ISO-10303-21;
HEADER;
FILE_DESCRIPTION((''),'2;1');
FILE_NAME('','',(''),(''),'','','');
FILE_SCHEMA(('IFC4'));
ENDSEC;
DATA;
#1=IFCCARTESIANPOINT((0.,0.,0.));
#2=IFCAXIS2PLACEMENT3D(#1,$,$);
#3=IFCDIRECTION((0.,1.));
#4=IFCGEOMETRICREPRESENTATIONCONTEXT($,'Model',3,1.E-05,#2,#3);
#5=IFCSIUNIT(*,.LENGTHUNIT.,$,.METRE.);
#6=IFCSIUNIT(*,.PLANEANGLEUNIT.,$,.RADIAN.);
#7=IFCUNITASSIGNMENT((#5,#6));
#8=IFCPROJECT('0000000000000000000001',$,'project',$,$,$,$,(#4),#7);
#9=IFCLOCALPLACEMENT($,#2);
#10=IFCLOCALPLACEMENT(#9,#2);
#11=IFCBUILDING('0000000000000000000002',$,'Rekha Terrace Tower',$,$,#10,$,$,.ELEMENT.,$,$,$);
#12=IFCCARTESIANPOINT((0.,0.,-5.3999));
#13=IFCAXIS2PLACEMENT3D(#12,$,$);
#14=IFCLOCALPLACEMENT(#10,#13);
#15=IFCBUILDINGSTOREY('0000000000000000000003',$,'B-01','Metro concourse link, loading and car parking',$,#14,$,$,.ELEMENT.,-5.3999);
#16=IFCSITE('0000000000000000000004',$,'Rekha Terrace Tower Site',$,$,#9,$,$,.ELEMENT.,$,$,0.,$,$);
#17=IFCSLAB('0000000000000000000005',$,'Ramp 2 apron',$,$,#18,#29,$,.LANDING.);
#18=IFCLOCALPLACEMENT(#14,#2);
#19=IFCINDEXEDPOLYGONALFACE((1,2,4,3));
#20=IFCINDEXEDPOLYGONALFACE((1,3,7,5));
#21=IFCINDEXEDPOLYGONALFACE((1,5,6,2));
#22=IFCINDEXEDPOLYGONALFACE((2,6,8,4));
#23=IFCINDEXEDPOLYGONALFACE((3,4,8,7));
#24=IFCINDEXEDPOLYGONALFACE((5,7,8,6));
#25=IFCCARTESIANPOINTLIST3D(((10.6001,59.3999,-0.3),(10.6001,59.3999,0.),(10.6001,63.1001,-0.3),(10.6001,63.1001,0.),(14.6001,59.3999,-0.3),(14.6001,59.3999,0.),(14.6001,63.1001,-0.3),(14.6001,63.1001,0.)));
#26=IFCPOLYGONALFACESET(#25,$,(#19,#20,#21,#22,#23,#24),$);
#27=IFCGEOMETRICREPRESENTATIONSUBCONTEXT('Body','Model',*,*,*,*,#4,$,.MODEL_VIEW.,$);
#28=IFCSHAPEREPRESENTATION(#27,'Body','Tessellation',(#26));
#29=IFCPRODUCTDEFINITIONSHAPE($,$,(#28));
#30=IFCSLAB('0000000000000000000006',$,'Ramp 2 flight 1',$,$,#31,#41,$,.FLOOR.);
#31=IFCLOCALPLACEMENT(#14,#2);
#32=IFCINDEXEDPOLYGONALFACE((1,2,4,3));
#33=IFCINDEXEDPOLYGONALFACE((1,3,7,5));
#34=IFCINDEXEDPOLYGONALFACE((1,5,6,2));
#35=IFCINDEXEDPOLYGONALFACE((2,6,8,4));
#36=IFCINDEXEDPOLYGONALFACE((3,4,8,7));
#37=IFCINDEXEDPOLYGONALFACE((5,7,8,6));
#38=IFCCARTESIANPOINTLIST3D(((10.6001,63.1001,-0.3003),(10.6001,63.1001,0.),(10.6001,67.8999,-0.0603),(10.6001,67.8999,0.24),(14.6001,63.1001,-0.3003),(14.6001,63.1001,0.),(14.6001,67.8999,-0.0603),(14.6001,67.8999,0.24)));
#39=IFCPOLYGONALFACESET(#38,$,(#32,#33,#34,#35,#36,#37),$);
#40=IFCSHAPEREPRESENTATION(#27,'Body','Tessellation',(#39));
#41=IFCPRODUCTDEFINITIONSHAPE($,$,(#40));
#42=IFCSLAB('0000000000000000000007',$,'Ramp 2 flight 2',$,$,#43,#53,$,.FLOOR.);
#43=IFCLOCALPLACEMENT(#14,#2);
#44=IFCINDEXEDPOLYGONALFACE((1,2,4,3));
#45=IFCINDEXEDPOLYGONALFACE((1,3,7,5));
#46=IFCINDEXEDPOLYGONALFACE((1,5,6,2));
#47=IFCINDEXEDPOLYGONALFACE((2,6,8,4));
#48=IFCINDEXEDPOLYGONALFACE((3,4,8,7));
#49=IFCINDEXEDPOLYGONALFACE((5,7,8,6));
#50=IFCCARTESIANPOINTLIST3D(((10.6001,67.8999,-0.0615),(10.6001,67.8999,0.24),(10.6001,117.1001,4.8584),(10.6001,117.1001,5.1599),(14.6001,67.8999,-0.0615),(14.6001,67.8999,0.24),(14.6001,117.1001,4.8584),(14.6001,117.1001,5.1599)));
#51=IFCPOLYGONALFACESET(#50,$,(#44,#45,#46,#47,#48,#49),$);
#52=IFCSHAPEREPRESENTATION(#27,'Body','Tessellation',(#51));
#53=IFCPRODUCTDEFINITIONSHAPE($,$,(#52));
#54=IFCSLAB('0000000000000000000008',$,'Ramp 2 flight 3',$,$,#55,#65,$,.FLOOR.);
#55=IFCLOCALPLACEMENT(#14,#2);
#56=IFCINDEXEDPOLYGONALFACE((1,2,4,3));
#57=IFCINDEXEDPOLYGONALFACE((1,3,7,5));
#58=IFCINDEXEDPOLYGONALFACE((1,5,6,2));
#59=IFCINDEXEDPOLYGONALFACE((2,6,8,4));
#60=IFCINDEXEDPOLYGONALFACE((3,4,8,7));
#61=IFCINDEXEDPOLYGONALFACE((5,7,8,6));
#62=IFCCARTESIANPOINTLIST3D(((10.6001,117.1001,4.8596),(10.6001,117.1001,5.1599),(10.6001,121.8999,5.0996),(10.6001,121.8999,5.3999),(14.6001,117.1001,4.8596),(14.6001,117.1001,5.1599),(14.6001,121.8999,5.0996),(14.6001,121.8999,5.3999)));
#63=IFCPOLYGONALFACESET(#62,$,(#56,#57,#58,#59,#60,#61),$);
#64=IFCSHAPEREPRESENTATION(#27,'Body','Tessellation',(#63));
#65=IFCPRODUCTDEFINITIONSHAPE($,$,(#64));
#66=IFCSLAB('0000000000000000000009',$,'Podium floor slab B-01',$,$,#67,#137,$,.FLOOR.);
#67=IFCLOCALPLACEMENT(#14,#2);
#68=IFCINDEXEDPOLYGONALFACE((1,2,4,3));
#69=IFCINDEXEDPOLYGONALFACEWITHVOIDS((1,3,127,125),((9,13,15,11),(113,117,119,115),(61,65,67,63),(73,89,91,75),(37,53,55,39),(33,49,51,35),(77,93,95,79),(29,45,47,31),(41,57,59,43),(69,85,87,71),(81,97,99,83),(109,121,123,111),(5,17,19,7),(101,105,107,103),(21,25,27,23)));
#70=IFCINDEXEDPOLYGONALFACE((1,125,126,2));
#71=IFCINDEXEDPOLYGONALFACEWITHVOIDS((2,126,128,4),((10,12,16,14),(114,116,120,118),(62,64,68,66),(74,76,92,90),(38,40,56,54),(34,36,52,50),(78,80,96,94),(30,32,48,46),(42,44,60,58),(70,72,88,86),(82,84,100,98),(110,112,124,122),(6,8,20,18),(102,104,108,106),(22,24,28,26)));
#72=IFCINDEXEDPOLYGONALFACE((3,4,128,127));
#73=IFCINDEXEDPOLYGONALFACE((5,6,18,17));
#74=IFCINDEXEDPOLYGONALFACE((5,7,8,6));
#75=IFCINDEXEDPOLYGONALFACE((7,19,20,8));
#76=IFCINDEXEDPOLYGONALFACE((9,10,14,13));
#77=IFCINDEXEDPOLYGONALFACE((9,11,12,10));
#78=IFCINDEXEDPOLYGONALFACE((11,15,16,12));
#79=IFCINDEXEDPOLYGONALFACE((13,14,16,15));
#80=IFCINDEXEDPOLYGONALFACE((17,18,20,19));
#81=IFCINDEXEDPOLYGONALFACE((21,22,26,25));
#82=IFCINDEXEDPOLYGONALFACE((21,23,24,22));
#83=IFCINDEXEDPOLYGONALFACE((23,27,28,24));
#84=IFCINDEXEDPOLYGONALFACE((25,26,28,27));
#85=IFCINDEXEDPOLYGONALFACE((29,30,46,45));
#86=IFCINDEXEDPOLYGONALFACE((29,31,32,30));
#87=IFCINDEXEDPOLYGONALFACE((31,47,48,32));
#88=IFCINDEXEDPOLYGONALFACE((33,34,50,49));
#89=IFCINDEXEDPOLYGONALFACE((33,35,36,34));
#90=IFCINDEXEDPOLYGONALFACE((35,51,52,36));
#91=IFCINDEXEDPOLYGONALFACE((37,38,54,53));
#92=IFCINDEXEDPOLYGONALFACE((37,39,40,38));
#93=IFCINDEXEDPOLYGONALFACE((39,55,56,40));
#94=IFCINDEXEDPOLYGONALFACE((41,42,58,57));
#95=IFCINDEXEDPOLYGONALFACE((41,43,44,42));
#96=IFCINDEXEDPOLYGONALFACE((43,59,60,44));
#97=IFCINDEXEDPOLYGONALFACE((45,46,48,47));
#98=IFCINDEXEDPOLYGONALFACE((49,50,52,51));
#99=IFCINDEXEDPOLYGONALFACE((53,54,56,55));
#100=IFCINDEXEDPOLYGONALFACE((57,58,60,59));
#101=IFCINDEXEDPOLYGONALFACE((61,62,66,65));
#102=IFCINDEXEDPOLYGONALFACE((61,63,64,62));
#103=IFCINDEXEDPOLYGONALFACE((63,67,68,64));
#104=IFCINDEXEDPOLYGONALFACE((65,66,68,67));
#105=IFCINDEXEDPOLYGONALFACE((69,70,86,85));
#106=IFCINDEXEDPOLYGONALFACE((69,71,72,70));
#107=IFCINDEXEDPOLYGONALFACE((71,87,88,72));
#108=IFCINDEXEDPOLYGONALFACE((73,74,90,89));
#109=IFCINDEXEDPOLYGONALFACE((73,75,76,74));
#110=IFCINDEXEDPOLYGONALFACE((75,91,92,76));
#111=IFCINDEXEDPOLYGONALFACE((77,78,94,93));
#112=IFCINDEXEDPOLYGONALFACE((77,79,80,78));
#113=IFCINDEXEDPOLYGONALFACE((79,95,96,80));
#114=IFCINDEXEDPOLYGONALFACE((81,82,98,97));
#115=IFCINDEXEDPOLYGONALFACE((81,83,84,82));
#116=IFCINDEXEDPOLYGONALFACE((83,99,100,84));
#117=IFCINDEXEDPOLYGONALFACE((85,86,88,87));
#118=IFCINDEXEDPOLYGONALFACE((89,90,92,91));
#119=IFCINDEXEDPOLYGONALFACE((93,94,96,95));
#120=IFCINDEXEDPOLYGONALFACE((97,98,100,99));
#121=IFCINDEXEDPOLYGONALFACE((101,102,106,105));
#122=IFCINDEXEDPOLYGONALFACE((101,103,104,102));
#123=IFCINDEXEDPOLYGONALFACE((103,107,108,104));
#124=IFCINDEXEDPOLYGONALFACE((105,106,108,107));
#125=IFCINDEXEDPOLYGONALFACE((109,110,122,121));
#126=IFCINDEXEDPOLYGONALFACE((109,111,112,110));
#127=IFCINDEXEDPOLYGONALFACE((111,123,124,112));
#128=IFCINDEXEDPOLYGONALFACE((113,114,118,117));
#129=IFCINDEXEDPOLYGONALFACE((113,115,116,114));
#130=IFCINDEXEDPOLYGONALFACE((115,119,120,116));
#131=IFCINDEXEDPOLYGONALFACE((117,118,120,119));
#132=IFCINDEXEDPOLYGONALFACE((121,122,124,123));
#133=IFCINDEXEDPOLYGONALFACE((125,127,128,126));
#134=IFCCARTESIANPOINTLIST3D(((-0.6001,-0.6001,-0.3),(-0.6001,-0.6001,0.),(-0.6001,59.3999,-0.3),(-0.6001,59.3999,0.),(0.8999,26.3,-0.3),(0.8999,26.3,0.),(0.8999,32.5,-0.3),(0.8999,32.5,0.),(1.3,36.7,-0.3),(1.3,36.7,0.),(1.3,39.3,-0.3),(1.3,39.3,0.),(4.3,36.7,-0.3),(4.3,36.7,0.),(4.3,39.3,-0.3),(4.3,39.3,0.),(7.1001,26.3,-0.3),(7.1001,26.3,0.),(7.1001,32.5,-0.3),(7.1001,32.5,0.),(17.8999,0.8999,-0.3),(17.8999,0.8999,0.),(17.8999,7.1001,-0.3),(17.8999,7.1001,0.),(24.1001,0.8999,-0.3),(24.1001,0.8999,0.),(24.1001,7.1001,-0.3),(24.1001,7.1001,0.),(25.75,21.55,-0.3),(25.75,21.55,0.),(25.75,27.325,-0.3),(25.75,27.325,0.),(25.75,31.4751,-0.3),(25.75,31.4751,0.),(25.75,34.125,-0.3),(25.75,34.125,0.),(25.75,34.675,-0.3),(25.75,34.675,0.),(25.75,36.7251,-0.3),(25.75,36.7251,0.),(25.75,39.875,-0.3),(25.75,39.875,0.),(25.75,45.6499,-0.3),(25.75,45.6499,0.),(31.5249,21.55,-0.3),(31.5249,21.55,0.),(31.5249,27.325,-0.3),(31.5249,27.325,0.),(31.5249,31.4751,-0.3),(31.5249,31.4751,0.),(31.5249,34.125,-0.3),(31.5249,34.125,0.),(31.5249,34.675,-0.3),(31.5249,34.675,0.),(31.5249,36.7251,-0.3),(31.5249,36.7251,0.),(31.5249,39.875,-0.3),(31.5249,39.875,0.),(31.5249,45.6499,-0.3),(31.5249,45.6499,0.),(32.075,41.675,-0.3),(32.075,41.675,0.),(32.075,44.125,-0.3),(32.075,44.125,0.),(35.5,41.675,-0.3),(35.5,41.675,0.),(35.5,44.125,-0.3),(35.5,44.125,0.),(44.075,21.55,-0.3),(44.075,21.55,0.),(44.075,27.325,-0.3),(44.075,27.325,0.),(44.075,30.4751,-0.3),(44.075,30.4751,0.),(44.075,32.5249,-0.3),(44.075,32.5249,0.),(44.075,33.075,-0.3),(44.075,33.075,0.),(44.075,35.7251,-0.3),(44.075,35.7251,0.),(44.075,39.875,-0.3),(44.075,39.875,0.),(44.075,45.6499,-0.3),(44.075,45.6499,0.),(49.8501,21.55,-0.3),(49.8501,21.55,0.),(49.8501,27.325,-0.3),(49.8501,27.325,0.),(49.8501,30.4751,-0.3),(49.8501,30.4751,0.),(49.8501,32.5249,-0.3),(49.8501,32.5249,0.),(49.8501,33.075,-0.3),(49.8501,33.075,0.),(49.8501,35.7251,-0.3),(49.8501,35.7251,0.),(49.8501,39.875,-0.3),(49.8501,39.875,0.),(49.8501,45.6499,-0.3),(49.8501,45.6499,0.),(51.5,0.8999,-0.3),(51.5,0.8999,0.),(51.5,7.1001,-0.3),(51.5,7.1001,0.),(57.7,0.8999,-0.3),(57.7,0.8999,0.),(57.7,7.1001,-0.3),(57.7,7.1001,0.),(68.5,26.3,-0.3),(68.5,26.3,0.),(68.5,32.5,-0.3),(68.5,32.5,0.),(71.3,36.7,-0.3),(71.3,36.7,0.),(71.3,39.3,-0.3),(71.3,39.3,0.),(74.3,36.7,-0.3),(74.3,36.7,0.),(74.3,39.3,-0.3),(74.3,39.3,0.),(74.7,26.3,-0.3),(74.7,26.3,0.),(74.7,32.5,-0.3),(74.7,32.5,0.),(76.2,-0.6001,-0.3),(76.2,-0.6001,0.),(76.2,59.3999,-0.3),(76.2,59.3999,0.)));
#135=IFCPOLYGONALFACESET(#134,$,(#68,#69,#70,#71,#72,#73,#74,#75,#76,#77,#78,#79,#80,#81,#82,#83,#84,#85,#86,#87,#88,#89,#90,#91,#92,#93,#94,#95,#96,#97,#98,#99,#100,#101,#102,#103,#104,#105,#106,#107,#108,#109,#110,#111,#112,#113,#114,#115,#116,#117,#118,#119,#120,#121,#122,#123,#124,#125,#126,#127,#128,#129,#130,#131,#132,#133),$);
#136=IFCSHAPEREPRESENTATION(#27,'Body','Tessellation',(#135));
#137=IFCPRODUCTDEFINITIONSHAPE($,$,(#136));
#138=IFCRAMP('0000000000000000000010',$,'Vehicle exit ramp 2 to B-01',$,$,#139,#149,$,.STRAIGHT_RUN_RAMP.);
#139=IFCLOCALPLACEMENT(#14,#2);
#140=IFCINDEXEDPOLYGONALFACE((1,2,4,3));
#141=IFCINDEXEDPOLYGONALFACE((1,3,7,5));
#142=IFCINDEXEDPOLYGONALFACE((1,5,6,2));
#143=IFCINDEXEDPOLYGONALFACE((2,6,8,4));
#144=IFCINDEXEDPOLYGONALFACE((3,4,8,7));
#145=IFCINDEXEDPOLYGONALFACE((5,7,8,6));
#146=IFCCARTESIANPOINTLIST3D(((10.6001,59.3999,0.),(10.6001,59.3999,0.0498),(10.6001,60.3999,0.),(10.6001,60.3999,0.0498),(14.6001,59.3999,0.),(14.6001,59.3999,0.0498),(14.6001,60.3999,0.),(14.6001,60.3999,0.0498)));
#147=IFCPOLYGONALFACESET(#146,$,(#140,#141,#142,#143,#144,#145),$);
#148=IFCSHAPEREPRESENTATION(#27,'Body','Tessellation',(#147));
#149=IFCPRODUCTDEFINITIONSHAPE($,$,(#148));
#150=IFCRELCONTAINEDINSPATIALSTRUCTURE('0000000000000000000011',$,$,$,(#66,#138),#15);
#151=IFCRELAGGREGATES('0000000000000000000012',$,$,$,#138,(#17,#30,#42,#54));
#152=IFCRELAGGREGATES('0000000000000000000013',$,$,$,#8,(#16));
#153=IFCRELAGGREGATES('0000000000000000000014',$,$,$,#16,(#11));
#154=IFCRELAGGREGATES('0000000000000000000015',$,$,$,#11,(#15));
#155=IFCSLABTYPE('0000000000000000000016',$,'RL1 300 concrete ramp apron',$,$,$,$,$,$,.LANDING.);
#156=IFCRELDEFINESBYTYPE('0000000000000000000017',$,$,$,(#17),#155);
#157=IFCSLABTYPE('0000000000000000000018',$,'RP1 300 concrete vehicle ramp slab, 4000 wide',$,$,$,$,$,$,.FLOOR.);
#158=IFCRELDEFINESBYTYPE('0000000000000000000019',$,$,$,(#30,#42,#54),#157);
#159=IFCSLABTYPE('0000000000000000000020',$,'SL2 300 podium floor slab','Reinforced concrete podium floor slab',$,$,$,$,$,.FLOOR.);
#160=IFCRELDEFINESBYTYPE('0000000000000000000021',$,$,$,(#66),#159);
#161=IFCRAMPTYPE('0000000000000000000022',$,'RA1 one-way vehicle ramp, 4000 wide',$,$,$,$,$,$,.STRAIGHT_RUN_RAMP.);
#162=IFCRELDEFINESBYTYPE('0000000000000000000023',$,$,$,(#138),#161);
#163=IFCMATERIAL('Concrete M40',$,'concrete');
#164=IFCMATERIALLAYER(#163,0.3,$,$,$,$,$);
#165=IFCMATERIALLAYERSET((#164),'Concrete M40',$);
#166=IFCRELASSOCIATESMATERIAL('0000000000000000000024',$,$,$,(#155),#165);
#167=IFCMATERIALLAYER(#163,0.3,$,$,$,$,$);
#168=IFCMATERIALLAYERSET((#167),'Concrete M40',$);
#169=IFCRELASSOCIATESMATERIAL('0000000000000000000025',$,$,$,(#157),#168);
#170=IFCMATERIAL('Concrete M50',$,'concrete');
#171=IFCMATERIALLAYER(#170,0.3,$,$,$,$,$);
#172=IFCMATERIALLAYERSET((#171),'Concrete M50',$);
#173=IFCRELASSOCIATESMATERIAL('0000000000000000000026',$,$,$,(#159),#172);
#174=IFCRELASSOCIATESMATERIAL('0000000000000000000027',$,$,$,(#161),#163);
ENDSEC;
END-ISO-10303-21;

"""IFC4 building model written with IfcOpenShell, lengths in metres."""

from ifc_helpers import new_model, si_unit, direction, frame, origin, place, context, subcontext, project, spatial, polyline, outline, extrude, material, layer, layer_set, type_object, element, aggregate, save


model = new_model("IFC4")

# Units and contexts
model_context = context("Model", 3, precision=1e-05, world=origin(), true_north=direction((0.0, 1.0)))
body_context = subcontext(model_context, "Body", "Model", "MODEL_VIEW")
ifc_project = project(units=[si_unit("LENGTHUNIT", "METRE"), si_unit("PLANEANGLEUNIT", "RADIAN")], contexts=[model_context])

# Site, building, storey
site_placement = place(None, origin())
site = spatial("IfcSite", under=ifc_project, at=site_placement, Name="Rekha Terrace Tower Site", CompositionType="ELEMENT", RefElevation=0.0)
building_placement = place(site_placement, origin())
building = spatial("IfcBuilding", under=site, at=building_placement, Name="Rekha Terrace Tower", CompositionType="ELEMENT")
storey_placement = place(building_placement, frame((0.0, 0.0, -5.3999)))
storey = spatial("IfcBuildingStorey", under=building, at=storey_placement, Name="B-01", Description="Metro concourse link, loading and car parking", CompositionType="ELEMENT", Elevation=-5.3999)

# Shared definitions
ifc_material_1 = material(Name="Concrete M40", Category="concrete")

# Slabs
ifc_layer_1 = layer(ifc_material_1, 0.3)
ifc_layer_set_1 = layer_set([ifc_layer_1], Name="Concrete M40")
slab_type_1 = type_object("IfcSlabType", Name="RL1 300 concrete ramp apron", PredefinedType="LANDING", material=ifc_layer_set_1)
slab_1_placement = place(storey_placement, frame((10.6001, 59.3999, 0.0), z_axis=(0.0, 0.0, 1.0), x_axis=(1.0, 0.0, 0.0)))
slab_1 = element("IfcSlab", 1, at=slab_1_placement, type_object=slab_type_1, Name="Ramp 2 apron", PredefinedType="LANDING", context=body_context, shape_type="SweptSolid", body=[
    extrude(outline(polyline([(0.0, 0.0), (4.0, 0.0), (4.0, 3.7002), (0.0, 3.7002), (0.0, 0.0)])), origin(), (0.0, 0.0, -1.0), 0.3),
])
ifc_layer_2 = layer(ifc_material_1, 0.3)
ifc_layer_set_2 = layer_set([ifc_layer_2], Name="Concrete M40")
slab_type_2 = type_object("IfcSlabType", Name="RP1 300 concrete vehicle ramp slab, 4000 wide", PredefinedType="FLOOR", material=ifc_layer_set_2)
slab_2_placement = place(storey_placement, frame((10.6001, 63.1001, 0.0), z_axis=(0.0, -0.049938, 0.998752), x_axis=(1.0, 0.0, 0.0)))
slab_2 = element("IfcSlab", 2, at=slab_2_placement, type_object=slab_type_2, Name="Ramp 2 flight 1", PredefinedType="FLOOR", context=body_context, shape_type="SweptSolid", body=[
    extrude(outline(polyline([(0.0, 0.0), (4.0, 0.0), (4.0, 4.8058), (0.0, 4.8058), (0.0, 0.0)])), origin(), (0.0, -0.049938, -0.998752), 0.3003),
])
slab_3_placement = place(storey_placement, frame((10.6001, 67.8999, 0.24), z_axis=(0.0, -0.099502, 0.995037), x_axis=(1.0, 0.0, 0.0)))
slab_3 = element("IfcSlab", 3, at=slab_3_placement, type_object=slab_type_2, Name="Ramp 2 flight 2", PredefinedType="FLOOR", context=body_context, shape_type="SweptSolid", body=[
    extrude(outline(polyline([(0.0, 0.0), (4.0, 0.0), (4.0, 49.4456), (0.0, 49.4456), (0.0, 0.0)])), origin(), (0.0, -0.099502, -0.995037), 0.3015),
])
slab_4_placement = place(storey_placement, frame((10.6001, 117.1001, 5.1599), z_axis=(0.0, -0.049938, 0.998752), x_axis=(1.0, 0.0, 0.0)))
slab_4 = element("IfcSlab", 4, at=slab_4_placement, type_object=slab_type_2, Name="Ramp 2 flight 3", PredefinedType="FLOOR", context=body_context, shape_type="SweptSolid", body=[
    extrude(outline(polyline([(0.0, 0.0), (4.0, 0.0), (4.0, 4.8058), (0.0, 4.8058), (0.0, 0.0)])), origin(), (0.0, -0.049938, -0.998752), 0.3003),
])
ifc_material_2 = material(Name="Concrete M50", Category="concrete")
ifc_layer_3 = layer(ifc_material_2, 0.3)
ifc_layer_set_3 = layer_set([ifc_layer_3], Name="Concrete M50")
slab_type_3 = type_object("IfcSlabType", Name="SL2 300 podium floor slab", Description="Reinforced concrete podium floor slab", PredefinedType="FLOOR", material=ifc_layer_set_3)
slab_5_placement = place(storey_placement, frame((0.0, 0.0, -0.3)))
element("IfcSlab", 5, at=slab_5_placement, inside=storey, type_object=slab_type_3, Name="Podium floor slab B-01", PredefinedType="FLOOR", context=body_context, shape_type="SweptSolid", body=[
    extrude(outline(polyline([(-0.6001, 59.3999), (-0.6001, -0.6001), (76.2, -0.6001), (76.2, 59.3999), (-0.6001, 59.3999)]), holes=[polyline([(17.8999, 7.1001), (24.1001, 7.1001), (24.1001, 0.8999), (17.8999, 0.8999), (17.8999, 7.1001)]), polyline([(31.5249, 27.325), (31.5249, 21.55), (25.75, 21.55), (25.75, 27.325), (31.5249, 27.325)]), polyline([(7.1001, 32.5), (7.1001, 26.3), (0.8999, 26.3), (0.8999, 32.5), (7.1001, 32.5)]), polyline([(31.5249, 34.125), (31.5249, 31.4751), (25.75, 31.4751), (25.75, 34.125), (31.5249, 34.125)]), polyline([(31.5249, 36.7251), (31.5249, 34.675), (25.75, 34.675), (25.75, 36.7251), (31.5249, 36.7251)]), polyline([(4.3, 39.3), (4.3, 36.7), (1.3, 36.7), (1.3, 39.3), (4.3, 39.3)]), polyline([(31.5249, 45.6499), (31.5249, 39.875), (25.75, 39.875), (25.75, 45.6499), (31.5249, 45.6499)]), polyline([(35.5, 44.125), (35.5, 41.675), (32.075, 41.675), (32.075, 44.125), (35.5, 44.125)]), polyline([(57.7, 7.1001), (57.7, 0.8999), (51.5, 0.8999), (51.5, 7.1001), (57.7, 7.1001)]), polyline([(49.8501, 27.325), (49.8501, 21.55), (44.075, 21.55), (44.075, 27.325), (49.8501, 27.325)]), polyline([(74.7, 32.5), (74.7, 26.3), (68.5, 26.3), (68.5, 32.5), (74.7, 32.5)]), polyline([(49.8501, 32.5249), (49.8501, 30.4751), (44.075, 30.4751), (44.075, 32.5249), (49.8501, 32.5249)]), polyline([(49.8501, 35.7251), (49.8501, 33.075), (44.075, 33.075), (44.075, 35.7251), (49.8501, 35.7251)]), polyline([(74.3, 39.3), (74.3, 36.7), (71.3, 36.7), (71.3, 39.3), (74.3, 39.3)]), polyline([(49.8501, 45.6499), (49.8501, 39.875), (44.075, 39.875), (44.075, 45.6499), (49.8501, 45.6499)])]), origin(), (0.0, 0.0, 1.0), 0.3),
])

# Ramp
ramp_type = type_object("IfcRampType", Name="RA1 one-way vehicle ramp, 4000 wide", PredefinedType="STRAIGHT_RUN_RAMP", material=ifc_material_1)
ramp_1_placement = place(storey_placement, origin())
ramp_1 = element("IfcRamp", 6, at=ramp_1_placement, inside=storey, type_object=ramp_type, Name="Vehicle exit ramp 2 to B-01", PredefinedType="STRAIGHT_RUN_RAMP", context=body_context, shape_type="SweptSolid", body=[
    extrude(outline(polyline([(10.6001, 59.3999), (14.6001, 59.3999), (14.6001, 60.3999), (10.6001, 60.3999), (10.6001, 59.3999)])), origin(), (0.0, 0.0, 1.0), 0.0498),
])
aggregate(ramp_1, [slab_1, slab_2, slab_3, slab_4])

save(model, "model.ifc")
